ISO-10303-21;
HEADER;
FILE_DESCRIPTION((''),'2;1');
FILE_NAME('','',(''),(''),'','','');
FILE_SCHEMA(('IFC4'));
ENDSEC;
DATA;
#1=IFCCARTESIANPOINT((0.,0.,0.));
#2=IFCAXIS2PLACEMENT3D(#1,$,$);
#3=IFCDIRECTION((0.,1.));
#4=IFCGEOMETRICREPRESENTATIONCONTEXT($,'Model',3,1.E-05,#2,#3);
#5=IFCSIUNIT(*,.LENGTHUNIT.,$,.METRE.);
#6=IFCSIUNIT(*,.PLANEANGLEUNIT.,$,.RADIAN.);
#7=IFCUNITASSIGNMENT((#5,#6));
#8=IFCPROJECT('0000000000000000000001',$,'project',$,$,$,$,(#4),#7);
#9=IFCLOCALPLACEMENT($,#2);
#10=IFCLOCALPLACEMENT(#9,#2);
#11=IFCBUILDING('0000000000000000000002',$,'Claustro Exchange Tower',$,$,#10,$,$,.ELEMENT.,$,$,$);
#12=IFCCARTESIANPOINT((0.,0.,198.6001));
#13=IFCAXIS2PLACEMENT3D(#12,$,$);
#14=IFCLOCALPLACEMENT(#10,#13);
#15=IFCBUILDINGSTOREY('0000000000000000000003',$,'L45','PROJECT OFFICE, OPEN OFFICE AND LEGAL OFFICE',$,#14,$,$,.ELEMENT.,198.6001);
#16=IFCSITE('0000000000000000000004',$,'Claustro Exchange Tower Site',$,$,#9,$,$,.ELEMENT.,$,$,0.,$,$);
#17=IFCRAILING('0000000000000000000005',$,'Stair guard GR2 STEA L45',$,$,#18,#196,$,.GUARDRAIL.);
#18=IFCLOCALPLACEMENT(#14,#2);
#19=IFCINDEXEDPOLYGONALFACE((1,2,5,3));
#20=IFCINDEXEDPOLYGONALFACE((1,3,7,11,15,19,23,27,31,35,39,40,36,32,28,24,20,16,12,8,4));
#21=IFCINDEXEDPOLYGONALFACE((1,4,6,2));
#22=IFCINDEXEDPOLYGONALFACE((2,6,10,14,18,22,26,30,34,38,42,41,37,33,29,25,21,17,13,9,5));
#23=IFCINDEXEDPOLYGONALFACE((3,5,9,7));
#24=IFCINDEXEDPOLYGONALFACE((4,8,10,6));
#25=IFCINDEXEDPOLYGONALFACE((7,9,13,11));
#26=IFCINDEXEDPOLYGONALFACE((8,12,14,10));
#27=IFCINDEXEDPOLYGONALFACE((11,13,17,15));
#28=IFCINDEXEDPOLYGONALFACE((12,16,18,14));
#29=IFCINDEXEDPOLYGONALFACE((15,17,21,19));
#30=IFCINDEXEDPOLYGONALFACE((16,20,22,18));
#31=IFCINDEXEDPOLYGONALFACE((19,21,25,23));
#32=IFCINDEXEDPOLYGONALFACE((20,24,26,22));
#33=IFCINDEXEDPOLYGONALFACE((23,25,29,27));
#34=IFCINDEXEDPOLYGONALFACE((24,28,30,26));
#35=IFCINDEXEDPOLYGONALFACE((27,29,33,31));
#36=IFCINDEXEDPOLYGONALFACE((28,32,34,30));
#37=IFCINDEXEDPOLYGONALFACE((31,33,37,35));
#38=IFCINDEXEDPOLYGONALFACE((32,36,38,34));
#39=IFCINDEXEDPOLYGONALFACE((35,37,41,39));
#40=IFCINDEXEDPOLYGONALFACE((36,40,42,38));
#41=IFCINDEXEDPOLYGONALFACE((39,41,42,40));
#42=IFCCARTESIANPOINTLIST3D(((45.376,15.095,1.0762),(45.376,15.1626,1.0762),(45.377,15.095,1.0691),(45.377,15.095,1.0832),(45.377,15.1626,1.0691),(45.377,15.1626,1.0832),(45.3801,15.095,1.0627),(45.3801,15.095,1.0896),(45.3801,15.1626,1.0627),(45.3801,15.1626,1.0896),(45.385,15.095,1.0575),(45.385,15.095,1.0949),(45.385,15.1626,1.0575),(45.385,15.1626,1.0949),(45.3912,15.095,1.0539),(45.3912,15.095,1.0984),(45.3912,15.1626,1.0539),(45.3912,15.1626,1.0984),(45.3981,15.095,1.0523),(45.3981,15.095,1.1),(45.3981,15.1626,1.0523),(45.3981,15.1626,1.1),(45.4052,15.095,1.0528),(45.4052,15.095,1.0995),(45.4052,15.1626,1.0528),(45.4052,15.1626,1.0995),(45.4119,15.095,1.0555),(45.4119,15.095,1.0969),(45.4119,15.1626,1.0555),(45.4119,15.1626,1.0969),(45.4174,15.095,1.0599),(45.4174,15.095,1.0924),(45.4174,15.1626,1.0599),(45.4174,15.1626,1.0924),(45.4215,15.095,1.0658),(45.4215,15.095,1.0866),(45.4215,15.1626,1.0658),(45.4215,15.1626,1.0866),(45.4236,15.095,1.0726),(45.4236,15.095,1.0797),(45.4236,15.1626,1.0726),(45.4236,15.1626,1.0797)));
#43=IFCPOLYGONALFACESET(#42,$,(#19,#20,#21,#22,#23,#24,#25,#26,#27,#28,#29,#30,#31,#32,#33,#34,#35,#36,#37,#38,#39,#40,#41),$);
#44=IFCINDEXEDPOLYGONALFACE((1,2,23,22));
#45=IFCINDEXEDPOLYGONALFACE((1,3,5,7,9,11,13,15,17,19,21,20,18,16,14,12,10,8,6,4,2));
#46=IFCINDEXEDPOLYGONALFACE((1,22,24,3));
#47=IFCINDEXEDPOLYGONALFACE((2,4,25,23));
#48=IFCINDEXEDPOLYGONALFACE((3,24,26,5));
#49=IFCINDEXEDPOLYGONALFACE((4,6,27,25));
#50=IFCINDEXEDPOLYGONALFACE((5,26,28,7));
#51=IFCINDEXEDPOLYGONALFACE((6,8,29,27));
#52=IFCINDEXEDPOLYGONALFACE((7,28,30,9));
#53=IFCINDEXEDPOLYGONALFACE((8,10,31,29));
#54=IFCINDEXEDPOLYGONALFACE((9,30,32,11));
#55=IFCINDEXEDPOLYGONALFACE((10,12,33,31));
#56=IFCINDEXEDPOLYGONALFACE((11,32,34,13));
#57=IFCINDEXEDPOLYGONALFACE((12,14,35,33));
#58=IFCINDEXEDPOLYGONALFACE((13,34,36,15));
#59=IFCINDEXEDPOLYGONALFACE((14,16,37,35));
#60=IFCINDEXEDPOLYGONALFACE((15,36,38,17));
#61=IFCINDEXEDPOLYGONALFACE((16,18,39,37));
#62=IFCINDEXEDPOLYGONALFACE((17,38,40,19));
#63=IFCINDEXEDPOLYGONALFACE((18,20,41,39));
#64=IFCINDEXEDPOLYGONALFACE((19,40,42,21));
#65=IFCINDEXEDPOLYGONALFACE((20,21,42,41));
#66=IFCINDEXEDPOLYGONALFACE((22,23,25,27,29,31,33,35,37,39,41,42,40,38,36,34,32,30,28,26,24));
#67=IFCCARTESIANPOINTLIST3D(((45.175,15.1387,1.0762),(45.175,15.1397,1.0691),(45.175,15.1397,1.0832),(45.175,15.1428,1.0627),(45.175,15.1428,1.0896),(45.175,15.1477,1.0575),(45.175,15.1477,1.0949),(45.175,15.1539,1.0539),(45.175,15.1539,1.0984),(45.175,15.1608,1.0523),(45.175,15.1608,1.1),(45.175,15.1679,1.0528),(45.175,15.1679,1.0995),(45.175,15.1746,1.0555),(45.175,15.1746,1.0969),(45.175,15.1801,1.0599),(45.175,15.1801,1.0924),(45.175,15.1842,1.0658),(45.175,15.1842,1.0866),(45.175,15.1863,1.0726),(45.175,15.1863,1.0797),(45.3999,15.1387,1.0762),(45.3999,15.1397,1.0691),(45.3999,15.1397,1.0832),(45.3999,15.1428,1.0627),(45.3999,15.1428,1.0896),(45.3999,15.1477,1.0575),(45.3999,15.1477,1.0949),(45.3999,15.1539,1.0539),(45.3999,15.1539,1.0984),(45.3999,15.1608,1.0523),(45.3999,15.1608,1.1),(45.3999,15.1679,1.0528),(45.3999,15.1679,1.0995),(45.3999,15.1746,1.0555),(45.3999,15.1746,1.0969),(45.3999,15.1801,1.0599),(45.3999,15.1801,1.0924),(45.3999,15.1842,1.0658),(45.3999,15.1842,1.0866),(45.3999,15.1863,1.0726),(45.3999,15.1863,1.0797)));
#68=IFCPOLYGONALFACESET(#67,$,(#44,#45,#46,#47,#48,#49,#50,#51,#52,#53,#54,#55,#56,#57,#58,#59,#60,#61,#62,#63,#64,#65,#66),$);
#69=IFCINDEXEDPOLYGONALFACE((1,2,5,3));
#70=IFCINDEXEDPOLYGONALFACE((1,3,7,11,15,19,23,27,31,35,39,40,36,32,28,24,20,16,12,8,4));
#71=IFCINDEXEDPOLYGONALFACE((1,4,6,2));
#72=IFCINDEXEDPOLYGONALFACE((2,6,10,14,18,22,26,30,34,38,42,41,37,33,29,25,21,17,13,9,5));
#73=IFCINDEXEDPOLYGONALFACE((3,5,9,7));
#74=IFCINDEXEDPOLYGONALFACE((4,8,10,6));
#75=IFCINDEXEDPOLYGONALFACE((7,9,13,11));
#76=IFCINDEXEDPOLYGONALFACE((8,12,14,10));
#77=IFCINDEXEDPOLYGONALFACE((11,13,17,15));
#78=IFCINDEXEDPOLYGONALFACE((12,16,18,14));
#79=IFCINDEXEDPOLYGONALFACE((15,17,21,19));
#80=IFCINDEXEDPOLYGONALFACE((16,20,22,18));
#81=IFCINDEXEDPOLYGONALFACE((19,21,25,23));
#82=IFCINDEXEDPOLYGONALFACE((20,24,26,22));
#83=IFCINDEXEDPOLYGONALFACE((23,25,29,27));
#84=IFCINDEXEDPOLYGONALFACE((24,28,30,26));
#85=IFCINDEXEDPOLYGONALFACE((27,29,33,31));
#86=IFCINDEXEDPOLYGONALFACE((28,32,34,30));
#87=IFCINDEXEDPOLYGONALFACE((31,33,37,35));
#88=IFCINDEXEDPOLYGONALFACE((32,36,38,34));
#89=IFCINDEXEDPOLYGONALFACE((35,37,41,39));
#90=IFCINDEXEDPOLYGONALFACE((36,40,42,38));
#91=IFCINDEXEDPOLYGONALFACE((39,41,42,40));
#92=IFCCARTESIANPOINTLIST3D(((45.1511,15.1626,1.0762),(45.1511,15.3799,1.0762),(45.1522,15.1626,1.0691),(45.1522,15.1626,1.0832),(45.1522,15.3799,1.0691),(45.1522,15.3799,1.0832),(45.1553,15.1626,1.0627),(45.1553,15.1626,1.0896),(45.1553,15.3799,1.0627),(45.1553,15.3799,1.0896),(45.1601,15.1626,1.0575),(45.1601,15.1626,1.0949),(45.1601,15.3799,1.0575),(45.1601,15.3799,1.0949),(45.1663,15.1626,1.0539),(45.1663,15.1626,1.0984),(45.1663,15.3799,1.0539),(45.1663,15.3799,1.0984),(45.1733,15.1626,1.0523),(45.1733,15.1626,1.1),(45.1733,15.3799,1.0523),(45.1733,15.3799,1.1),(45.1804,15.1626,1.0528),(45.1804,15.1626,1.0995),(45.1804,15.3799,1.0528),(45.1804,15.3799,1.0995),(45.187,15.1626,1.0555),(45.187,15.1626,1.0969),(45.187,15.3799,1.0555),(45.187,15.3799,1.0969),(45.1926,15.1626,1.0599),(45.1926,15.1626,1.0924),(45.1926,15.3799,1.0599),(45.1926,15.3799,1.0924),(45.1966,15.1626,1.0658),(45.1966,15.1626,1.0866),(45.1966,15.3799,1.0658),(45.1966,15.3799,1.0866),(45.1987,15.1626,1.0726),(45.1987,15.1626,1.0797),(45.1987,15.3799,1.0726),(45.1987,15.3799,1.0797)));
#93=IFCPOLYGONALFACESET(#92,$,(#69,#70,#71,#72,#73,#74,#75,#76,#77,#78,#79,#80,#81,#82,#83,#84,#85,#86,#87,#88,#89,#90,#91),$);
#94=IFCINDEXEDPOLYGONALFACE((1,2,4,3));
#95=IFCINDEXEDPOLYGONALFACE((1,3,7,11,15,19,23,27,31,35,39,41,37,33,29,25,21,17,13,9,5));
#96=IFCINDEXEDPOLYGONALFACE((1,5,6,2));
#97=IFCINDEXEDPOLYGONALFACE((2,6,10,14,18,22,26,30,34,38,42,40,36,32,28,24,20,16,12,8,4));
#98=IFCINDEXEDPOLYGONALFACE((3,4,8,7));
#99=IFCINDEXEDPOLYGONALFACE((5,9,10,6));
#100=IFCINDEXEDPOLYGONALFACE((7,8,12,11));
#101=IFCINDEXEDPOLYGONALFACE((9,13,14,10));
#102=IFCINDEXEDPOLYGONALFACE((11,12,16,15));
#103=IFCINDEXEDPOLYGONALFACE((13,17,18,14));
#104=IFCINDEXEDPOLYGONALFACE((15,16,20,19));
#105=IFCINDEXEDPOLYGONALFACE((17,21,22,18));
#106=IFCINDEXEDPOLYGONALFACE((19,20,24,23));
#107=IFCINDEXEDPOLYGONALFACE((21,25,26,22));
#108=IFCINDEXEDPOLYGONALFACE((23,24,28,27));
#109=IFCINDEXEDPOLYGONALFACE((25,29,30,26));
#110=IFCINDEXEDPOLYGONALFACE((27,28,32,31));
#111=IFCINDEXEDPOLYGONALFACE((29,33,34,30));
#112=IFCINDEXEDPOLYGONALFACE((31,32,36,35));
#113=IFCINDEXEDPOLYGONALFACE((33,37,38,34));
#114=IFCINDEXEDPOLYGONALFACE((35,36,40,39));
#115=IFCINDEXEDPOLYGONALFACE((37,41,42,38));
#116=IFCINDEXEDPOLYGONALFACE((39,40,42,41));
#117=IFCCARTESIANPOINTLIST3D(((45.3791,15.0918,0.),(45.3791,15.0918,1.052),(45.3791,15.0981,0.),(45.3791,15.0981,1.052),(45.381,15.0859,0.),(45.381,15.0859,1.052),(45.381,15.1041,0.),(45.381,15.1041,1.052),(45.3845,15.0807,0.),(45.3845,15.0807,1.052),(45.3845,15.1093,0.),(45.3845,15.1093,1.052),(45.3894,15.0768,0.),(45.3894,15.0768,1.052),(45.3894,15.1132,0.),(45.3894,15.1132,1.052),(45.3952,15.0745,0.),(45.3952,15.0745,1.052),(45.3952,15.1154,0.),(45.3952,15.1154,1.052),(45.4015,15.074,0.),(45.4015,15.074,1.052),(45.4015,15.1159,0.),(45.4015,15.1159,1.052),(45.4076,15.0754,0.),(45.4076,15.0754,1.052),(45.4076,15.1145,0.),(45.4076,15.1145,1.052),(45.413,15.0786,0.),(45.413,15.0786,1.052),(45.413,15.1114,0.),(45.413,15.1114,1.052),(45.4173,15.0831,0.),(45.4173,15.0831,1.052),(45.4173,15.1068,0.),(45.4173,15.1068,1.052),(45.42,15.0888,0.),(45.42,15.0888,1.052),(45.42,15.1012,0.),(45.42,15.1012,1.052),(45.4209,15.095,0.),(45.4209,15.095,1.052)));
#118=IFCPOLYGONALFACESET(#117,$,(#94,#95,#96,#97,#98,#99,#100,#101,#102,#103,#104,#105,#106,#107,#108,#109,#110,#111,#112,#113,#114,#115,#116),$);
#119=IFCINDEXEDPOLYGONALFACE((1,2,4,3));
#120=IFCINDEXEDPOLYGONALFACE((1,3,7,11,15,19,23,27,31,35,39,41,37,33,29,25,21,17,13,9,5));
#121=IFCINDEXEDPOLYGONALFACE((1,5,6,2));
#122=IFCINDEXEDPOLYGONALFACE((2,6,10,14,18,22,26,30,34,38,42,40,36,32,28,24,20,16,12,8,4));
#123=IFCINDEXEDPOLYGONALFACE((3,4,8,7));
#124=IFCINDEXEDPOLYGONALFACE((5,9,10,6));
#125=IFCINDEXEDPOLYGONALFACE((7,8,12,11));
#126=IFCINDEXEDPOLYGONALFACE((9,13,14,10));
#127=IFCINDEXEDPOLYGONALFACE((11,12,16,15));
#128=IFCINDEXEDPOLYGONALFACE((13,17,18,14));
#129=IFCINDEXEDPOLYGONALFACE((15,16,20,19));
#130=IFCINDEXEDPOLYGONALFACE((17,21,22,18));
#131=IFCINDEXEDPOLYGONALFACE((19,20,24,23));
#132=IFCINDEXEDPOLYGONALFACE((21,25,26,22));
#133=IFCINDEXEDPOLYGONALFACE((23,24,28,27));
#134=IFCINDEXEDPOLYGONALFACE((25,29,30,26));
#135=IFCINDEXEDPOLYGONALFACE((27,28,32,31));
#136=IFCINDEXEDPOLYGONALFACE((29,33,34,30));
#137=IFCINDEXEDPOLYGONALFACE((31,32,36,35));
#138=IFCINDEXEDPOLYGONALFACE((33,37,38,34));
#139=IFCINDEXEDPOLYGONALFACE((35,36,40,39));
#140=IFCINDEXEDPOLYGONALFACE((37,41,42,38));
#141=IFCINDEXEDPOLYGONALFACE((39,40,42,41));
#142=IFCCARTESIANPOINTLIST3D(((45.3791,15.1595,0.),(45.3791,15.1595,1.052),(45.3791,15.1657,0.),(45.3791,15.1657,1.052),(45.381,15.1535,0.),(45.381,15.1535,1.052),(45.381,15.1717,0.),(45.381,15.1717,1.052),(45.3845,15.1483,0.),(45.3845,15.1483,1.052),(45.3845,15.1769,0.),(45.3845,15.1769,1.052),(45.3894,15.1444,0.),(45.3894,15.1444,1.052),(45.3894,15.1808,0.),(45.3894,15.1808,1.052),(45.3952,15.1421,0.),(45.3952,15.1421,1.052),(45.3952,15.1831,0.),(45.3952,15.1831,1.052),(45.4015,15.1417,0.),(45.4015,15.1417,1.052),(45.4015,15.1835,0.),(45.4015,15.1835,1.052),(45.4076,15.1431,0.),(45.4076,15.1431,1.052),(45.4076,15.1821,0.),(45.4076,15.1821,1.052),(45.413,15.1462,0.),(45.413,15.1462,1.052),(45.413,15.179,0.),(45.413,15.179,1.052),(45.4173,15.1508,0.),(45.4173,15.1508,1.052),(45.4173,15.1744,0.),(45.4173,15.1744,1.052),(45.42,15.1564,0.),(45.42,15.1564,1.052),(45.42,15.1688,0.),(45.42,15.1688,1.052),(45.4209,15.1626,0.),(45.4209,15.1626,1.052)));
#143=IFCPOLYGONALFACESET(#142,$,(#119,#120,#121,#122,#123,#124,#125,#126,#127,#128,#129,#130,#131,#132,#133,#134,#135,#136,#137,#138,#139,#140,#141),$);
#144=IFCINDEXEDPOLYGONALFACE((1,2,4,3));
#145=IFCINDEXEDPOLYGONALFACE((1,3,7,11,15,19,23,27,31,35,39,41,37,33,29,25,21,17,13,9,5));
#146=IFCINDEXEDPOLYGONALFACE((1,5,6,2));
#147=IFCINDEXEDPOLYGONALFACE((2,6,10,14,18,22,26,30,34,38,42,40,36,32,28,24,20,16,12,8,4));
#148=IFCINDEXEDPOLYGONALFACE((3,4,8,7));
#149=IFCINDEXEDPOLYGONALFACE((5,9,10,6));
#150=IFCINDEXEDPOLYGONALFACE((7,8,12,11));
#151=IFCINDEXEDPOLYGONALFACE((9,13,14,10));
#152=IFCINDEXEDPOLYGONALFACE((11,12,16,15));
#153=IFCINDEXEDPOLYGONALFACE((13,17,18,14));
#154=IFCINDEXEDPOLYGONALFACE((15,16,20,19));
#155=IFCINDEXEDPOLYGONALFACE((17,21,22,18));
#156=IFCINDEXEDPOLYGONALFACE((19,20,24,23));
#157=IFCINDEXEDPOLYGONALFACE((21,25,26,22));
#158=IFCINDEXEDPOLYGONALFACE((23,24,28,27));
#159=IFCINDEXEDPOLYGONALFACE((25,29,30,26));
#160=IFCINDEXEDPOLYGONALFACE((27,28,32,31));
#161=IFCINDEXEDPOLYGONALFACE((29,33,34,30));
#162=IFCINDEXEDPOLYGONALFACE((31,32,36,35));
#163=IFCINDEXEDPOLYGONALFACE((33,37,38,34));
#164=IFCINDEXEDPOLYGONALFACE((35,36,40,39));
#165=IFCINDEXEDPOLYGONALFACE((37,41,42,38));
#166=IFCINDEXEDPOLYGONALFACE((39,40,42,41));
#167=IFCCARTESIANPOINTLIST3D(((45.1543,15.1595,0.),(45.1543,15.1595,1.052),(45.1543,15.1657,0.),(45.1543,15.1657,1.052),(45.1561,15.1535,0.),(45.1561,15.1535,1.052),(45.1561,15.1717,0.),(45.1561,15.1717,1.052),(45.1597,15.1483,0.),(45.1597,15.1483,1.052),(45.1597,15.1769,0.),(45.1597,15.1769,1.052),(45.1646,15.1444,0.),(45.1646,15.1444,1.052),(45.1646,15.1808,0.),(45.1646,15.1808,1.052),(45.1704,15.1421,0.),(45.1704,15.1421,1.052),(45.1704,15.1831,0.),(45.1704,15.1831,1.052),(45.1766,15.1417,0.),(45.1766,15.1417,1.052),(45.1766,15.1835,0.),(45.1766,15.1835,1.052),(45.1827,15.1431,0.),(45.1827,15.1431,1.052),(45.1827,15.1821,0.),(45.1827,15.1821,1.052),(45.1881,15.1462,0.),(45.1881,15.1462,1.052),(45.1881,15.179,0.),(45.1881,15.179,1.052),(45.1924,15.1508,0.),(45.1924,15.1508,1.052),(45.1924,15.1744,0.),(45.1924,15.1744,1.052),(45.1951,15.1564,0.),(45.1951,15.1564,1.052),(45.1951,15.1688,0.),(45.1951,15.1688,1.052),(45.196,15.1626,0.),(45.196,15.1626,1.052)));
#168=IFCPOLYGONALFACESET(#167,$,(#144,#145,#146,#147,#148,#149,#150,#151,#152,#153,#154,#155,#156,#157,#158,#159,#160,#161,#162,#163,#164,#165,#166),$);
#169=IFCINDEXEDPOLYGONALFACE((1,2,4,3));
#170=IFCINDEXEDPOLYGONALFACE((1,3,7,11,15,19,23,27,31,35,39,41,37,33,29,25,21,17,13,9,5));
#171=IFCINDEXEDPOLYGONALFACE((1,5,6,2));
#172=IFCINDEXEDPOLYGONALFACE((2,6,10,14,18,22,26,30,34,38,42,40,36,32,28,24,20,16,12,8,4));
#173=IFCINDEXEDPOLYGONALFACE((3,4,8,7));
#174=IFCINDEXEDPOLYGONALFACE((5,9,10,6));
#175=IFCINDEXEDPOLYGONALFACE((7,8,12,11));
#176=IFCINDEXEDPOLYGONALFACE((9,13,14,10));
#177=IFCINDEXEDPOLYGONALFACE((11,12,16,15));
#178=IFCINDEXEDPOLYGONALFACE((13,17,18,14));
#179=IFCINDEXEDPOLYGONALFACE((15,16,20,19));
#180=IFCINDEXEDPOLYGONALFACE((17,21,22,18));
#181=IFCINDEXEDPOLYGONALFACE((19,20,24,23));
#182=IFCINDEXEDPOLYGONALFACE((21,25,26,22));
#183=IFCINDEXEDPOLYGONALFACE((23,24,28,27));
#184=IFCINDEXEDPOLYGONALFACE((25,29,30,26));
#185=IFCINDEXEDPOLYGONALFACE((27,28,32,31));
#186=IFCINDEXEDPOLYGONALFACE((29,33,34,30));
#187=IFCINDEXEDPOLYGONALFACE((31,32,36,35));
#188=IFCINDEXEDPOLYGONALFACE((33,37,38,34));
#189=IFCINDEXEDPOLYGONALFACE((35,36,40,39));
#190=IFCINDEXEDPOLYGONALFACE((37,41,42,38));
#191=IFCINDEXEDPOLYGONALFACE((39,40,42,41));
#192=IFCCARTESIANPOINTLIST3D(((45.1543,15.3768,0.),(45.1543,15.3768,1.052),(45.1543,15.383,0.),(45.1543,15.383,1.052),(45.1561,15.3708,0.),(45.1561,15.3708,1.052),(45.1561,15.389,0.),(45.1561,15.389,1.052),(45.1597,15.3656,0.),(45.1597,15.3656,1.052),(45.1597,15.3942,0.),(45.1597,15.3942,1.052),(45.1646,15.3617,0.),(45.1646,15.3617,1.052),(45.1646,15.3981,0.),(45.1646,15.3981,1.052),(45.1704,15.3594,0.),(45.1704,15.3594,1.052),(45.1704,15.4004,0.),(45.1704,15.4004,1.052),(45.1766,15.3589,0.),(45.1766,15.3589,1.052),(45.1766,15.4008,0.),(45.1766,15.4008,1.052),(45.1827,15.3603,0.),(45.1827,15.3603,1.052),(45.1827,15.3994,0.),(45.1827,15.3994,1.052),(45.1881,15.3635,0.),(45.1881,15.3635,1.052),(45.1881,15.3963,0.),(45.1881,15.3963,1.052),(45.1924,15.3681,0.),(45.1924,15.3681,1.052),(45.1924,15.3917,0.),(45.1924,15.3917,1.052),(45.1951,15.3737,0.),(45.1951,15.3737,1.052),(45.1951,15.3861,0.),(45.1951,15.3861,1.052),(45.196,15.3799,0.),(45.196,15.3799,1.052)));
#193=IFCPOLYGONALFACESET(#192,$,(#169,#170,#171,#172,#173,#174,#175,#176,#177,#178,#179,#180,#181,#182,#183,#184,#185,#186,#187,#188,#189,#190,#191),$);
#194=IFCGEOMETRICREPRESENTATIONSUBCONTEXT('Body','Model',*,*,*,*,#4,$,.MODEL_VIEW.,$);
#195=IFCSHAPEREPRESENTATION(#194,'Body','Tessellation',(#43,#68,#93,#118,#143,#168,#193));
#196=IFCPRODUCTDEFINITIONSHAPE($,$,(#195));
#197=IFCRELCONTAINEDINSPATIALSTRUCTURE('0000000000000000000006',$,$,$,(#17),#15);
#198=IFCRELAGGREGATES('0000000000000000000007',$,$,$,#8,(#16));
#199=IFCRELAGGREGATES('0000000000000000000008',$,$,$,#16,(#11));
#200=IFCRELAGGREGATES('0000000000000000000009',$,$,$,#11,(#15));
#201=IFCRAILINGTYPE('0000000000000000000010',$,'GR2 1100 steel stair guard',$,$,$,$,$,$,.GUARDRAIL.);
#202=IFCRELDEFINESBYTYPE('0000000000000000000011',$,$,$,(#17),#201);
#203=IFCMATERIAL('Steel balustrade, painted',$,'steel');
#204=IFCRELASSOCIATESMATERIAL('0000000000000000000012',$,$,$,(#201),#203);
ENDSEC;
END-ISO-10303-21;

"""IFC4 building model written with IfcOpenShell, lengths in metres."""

from ifc_helpers import new_model, si_unit, direction, frame, origin, origin_2d, place, context, subcontext, project, spatial, circle, extrude, material, type_object, element, save


model = new_model("IFC4")

# Units and contexts
model_context = context("Model", 3, precision=1e-05, world=origin(), true_north=direction((0.0, 1.0)))
body_context = subcontext(model_context, "Body", "Model", "MODEL_VIEW")
ifc_project = project(units=[si_unit("LENGTHUNIT", "METRE"), si_unit("PLANEANGLEUNIT", "RADIAN")], contexts=[model_context])

# Site, building, storey
site_placement = place(None, origin())
site = spatial("IfcSite", under=ifc_project, at=site_placement, Name="Claustro Exchange Tower Site", CompositionType="ELEMENT", RefElevation=0.0)
building_placement = place(site_placement, origin())
building = spatial("IfcBuilding", under=site, at=building_placement, Name="Claustro Exchange Tower", CompositionType="ELEMENT")
storey_placement = place(building_placement, frame((0.0, 0.0, 198.6001)))
storey = spatial("IfcBuildingStorey", under=building, at=storey_placement, Name="L45", Description="PROJECT OFFICE, OPEN OFFICE AND LEGAL OFFICE", CompositionType="ELEMENT", Elevation=198.6001)

# Railing
ifc_material_1 = material(Name="Steel balustrade, painted", Category="steel")
railing_type_1 = type_object("IfcRailingType", Name="GR2 1100 steel stair guard", PredefinedType="GUARDRAIL", material=ifc_material_1)
railing_1_placement = place(storey_placement, frame((45.3999, 15.095, 0.0)))
element("IfcRailing", 1, at=railing_1_placement, inside=storey, type_object=railing_type_1, Name="Stair guard GR2 STEA L45", PredefinedType="GUARDRAIL", context=body_context, shape_type="SweptSolid", body=[
    extrude(circle(Radius=0.0239, at=origin_2d()), frame((0.0, 0.0, 1.0762), z_axis=(0.0, 1.0, 0.0), x_axis=(-1.0, 0.0, 0.0)), (0.0, 0.0, 1.0), 0.0676),
    extrude(circle(Radius=0.0239, at=origin_2d()), frame((0.0, 0.0676, 1.0762), z_axis=(-1.0, 0.0, 0.0), x_axis=(0.0, -1.0, 0.0)), (0.0, 0.0, 1.0), 0.2249),
    extrude(circle(Radius=0.0239, at=origin_2d()), frame((-0.2249, 0.0676, 1.0762), z_axis=(0.0, 1.0, 0.0), x_axis=(-1.0, 0.0, 0.0)), (0.0, 0.0, 1.0), 0.2173),
    extrude(circle(Radius=0.021, at=origin_2d()), origin(), (0.0, 0.0, 1.0), 1.052),
    extrude(circle(Radius=0.021, at=origin_2d()), frame((0.0, 0.0676, 0.0)), (0.0, 0.0, 1.0), 1.052),
    extrude(circle(Radius=0.021, at=origin_2d()), frame((-0.2249, 0.0676, 0.0)), (0.0, 0.0, 1.0), 1.052),
    extrude(circle(Radius=0.021, at=origin_2d()), frame((-0.2249, 0.2849, 0.0)), (0.0, 0.0, 1.0), 1.052),
])

save(model, "model.ifc")
